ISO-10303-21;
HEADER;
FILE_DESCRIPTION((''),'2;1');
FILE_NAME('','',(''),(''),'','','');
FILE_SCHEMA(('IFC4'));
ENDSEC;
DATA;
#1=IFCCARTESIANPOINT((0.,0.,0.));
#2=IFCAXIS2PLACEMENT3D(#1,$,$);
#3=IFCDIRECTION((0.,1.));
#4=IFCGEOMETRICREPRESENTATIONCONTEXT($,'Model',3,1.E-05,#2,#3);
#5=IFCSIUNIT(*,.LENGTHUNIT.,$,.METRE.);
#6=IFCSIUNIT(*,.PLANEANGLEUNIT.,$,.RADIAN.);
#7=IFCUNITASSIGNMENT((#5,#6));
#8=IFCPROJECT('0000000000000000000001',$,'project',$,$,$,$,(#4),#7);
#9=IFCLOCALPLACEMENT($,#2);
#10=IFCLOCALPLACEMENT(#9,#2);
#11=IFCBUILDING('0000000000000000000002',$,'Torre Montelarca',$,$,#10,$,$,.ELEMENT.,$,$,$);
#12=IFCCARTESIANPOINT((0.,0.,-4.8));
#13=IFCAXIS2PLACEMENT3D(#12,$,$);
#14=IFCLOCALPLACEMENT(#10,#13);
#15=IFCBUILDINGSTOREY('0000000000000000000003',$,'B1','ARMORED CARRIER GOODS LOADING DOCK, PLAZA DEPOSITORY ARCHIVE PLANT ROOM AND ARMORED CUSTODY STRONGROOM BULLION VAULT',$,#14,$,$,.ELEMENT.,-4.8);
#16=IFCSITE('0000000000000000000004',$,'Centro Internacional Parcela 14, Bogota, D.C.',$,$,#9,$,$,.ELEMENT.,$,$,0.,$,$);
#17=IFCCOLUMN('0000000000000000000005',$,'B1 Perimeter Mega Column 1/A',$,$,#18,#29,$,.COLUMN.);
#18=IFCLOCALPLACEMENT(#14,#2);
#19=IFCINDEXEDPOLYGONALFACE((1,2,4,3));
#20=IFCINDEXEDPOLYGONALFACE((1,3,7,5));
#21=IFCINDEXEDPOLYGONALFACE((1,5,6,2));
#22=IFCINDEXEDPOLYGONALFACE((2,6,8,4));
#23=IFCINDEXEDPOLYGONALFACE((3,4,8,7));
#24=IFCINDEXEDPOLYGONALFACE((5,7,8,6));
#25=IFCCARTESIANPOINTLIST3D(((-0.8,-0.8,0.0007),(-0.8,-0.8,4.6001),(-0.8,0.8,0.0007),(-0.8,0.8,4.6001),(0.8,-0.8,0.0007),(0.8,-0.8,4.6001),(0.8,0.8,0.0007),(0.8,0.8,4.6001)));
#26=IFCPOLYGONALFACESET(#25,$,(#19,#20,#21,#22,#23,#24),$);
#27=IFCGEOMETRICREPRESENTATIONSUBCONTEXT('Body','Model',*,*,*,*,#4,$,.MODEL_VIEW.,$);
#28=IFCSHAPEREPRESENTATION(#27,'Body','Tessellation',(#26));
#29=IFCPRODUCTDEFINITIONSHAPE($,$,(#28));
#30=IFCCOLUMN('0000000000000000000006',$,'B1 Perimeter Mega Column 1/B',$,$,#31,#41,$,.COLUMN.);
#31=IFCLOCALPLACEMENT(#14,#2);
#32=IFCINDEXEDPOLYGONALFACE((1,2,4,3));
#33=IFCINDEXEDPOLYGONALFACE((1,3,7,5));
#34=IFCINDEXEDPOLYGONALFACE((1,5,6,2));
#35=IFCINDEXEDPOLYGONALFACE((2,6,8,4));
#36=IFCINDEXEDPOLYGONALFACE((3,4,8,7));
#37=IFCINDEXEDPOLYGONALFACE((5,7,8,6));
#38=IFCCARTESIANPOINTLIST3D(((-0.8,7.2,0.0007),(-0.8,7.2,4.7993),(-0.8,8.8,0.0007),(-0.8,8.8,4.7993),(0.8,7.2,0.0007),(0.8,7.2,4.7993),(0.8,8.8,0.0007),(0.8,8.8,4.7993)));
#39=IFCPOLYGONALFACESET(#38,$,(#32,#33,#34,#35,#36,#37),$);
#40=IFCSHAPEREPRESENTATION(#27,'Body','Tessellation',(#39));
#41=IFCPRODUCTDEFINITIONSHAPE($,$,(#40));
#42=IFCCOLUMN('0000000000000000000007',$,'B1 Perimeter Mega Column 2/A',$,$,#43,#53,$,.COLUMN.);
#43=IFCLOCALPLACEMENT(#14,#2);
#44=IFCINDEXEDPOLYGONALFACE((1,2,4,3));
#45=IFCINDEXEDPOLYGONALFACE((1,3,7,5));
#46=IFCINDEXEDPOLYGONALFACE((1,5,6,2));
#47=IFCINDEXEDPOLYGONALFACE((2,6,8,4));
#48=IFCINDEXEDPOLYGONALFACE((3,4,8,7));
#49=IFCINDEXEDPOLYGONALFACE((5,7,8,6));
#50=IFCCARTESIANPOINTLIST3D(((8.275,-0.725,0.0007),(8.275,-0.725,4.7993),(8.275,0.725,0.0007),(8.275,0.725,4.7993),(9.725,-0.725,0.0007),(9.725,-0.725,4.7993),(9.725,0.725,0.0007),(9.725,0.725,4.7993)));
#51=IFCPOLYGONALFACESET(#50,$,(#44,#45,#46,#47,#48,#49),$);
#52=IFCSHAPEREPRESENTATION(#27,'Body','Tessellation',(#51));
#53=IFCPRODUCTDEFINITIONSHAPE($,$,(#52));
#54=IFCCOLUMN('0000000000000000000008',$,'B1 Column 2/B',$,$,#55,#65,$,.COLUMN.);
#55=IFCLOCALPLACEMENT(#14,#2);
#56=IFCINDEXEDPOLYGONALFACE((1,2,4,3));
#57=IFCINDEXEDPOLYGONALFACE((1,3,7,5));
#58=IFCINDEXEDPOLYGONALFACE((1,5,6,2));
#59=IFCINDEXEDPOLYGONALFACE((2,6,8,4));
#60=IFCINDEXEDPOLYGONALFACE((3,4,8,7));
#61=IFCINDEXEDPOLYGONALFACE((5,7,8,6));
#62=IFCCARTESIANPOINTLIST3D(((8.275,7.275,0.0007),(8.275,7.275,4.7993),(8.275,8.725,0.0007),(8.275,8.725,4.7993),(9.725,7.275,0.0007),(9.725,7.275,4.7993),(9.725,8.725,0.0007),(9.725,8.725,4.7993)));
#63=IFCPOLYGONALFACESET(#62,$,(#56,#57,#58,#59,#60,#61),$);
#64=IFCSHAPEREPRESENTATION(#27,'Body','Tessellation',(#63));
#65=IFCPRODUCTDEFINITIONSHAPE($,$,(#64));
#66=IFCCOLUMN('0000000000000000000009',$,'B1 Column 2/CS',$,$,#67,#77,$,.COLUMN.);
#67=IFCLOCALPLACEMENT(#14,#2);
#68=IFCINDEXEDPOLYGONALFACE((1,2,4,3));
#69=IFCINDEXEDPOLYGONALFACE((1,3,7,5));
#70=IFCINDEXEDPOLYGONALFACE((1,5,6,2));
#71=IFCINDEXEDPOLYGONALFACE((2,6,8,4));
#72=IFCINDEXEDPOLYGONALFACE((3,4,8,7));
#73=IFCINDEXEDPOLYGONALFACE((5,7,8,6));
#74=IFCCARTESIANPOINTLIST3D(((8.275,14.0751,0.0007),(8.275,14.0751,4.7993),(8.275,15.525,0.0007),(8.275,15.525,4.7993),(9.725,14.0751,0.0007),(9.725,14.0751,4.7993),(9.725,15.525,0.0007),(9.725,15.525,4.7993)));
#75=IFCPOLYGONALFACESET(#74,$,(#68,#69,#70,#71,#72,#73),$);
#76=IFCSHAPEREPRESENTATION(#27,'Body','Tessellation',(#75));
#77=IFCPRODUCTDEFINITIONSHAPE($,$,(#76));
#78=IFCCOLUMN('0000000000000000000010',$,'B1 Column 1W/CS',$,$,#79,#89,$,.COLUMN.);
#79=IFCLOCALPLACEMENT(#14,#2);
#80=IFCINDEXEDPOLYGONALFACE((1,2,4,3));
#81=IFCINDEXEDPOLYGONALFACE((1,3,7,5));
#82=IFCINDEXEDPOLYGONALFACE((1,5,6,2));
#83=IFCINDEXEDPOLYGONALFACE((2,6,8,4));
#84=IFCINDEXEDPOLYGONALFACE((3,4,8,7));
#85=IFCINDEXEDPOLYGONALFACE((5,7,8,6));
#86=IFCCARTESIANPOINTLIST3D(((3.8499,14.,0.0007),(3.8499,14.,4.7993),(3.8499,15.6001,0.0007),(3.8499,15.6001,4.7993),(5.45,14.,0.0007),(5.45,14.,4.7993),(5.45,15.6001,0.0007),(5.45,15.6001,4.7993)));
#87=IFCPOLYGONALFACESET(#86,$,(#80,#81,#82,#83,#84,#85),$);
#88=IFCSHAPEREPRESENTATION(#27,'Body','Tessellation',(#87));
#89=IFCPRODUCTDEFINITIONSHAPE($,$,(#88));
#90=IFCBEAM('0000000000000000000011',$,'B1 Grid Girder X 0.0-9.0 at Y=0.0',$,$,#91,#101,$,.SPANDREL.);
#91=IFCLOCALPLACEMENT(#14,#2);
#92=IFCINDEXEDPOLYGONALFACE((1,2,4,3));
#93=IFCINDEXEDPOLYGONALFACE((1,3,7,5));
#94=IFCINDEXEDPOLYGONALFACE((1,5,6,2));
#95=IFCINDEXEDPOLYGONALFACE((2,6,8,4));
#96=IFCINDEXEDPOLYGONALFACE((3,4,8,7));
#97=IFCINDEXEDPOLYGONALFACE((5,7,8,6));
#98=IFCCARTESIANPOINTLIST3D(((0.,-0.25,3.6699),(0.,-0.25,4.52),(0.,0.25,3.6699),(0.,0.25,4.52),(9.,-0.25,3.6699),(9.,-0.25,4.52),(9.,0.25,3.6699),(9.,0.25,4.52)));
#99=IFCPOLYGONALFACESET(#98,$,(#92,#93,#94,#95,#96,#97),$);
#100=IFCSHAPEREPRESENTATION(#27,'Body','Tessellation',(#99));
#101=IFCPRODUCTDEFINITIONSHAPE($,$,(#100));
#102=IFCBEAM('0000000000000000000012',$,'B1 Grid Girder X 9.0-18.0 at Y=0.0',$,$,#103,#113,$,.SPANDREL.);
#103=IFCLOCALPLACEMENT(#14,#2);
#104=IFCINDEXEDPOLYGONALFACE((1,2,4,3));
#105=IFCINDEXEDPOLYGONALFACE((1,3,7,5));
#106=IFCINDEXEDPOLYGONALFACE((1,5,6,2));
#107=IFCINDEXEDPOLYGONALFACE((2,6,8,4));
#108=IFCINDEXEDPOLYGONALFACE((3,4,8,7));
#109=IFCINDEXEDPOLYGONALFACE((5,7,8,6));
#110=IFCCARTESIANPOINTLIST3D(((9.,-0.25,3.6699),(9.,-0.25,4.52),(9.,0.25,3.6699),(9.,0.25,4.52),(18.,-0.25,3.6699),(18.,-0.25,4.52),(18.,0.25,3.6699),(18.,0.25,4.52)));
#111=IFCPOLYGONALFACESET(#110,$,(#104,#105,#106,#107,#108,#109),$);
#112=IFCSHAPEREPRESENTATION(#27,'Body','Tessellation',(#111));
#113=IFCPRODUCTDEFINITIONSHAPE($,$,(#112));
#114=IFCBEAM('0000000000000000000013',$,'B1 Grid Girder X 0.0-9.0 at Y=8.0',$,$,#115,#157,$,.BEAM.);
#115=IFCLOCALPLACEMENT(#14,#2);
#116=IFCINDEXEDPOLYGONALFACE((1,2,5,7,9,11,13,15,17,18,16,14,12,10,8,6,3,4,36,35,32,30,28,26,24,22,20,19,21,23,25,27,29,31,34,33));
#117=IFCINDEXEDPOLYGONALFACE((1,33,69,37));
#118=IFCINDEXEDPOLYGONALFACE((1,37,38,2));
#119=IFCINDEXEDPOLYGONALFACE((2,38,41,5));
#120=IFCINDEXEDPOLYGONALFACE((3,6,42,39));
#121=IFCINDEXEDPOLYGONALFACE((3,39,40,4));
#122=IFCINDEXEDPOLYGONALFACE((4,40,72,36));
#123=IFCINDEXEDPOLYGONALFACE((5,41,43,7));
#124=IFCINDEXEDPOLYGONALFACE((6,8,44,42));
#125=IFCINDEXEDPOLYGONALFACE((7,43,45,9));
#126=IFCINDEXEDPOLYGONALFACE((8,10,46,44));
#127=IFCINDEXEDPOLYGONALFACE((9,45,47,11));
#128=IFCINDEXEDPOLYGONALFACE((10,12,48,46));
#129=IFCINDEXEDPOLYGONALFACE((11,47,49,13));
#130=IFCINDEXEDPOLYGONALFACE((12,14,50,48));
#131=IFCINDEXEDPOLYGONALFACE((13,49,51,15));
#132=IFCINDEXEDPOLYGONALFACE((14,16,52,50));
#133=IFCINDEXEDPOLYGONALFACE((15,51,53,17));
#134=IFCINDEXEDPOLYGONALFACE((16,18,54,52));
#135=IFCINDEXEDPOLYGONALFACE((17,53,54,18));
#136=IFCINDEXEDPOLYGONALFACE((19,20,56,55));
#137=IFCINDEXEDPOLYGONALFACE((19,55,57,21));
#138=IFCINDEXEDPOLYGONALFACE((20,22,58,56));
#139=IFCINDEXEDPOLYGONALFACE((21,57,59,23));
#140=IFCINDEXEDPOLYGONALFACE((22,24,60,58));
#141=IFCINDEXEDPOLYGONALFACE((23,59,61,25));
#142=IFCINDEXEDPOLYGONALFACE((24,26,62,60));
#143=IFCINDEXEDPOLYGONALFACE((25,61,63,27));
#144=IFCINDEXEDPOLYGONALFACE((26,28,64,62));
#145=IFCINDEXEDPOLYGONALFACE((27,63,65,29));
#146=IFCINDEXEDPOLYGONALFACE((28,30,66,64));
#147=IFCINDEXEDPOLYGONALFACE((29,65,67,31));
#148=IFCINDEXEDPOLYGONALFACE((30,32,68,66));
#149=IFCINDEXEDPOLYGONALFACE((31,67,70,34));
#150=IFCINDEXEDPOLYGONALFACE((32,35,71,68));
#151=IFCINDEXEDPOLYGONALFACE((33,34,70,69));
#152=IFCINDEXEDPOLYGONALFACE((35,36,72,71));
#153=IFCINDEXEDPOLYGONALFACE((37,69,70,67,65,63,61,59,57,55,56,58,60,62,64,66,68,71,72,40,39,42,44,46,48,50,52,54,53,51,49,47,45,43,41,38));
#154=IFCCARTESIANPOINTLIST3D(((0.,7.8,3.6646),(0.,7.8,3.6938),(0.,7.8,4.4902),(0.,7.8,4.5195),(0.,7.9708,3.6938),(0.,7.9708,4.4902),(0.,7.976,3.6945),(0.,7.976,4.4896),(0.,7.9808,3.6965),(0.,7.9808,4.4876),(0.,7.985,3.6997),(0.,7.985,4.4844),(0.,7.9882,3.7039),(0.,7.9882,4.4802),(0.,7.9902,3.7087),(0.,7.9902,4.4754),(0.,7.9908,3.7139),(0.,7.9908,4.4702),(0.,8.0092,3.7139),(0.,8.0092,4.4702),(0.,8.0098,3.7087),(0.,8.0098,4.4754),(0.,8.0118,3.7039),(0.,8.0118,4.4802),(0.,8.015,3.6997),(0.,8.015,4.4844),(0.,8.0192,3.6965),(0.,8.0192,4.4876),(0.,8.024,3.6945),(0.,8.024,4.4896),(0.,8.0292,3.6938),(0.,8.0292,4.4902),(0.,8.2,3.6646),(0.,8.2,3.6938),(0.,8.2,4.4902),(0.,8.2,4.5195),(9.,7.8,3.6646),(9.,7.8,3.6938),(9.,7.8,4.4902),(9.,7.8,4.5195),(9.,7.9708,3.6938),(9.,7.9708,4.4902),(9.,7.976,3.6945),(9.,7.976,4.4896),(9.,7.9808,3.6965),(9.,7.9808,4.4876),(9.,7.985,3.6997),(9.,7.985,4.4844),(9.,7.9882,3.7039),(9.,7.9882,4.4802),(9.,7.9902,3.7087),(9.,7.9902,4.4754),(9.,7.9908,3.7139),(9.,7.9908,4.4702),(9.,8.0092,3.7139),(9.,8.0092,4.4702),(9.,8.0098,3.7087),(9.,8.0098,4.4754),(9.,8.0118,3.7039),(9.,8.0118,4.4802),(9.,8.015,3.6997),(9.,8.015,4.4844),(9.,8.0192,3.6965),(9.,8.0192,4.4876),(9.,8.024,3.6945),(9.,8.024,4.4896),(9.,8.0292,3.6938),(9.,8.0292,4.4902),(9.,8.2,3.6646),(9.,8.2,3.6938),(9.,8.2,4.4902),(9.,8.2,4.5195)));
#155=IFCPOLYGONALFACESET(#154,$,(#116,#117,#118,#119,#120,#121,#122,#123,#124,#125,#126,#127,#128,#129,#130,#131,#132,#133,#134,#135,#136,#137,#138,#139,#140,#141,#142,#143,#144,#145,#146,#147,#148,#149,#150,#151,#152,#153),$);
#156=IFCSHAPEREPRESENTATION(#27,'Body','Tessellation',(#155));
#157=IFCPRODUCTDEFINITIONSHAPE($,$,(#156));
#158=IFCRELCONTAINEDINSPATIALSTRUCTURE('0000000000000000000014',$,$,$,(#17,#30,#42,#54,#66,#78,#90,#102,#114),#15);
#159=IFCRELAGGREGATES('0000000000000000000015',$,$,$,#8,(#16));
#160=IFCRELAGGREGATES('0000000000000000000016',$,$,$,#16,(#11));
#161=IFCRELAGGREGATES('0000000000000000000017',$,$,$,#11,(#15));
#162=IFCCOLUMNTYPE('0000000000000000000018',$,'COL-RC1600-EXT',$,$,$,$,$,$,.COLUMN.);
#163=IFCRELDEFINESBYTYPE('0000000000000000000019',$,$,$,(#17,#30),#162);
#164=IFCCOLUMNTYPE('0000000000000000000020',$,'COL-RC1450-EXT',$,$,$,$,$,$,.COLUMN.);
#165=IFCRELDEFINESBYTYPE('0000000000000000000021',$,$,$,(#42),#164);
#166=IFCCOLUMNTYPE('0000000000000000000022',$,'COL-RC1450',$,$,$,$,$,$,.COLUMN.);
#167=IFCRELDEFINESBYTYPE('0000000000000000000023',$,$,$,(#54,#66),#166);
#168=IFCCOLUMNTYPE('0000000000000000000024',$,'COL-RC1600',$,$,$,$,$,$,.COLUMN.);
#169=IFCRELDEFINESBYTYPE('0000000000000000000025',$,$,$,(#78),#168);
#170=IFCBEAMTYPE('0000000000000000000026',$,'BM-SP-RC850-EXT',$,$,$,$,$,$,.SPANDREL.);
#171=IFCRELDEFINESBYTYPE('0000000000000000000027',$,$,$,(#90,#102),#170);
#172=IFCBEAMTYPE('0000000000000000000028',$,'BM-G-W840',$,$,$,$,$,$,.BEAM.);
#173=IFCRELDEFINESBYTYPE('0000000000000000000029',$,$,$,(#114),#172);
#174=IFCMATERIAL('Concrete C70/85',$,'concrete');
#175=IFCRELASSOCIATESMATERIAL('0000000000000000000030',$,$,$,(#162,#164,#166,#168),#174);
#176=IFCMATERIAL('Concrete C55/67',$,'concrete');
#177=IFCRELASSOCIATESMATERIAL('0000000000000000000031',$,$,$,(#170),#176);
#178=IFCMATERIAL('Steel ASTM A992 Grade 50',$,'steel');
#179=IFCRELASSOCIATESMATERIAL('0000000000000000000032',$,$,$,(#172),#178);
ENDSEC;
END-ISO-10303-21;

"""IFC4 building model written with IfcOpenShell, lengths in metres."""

from ifc_helpers import new_model, si_unit, direction, frame, origin, origin_2d, place, context, subcontext, project, spatial, rectangle, i_section, extrude, source, transform, mapped, material, material_profile, profile_set, type_object, element, save


model = new_model("IFC4")

# Units and contexts
model_context = context("Model", 3, precision=1e-05, world=origin(), true_north=direction((0.0, 1.0)))
body_context = subcontext(model_context, "Body", "Model", "MODEL_VIEW")
ifc_project = project(units=[si_unit("LENGTHUNIT", "METRE"), si_unit("PLANEANGLEUNIT", "RADIAN")], contexts=[model_context])

# Site, building, storey
site_placement = place(None, origin())
site = spatial("IfcSite", under=ifc_project, at=site_placement, Name="Centro Internacional Parcela 14, Bogota, D.C.", CompositionType="ELEMENT", RefElevation=0.0)
building_placement = place(site_placement, origin())
building = spatial("IfcBuilding", under=site, at=building_placement, Name="Torre Montelarca", CompositionType="ELEMENT")
storey_placement = place(building_placement, frame((0.0, 0.0, -4.8)))
storey = spatial("IfcBuildingStorey", under=building, at=storey_placement, Name="B1", Description="ARMORED CARRIER GOODS LOADING DOCK, PLAZA DEPOSITORY ARCHIVE PLANT ROOM AND ARMORED CUSTODY STRONGROOM BULLION VAULT", CompositionType="ELEMENT", Elevation=-4.8)

# Columns
ifc_material_1 = material(Name="Concrete C70/85", Category="concrete")
ifc_material_profile_1 = material_profile(ifc_material_1, rectangle(XDim=1.6001, YDim=1.6001, at=origin_2d()), Name="RC1600X1600", Category="concrete")
ifc_profile_set_1 = profile_set([ifc_material_profile_1], Name="Concrete C70/85")
column_type_1 = type_object("IfcColumnType", Name="COL-RC1600-EXT", PredefinedType="COLUMN", material=ifc_profile_set_1)
shared_shape_1 = source(origin(), body_context, "Body", "SweptSolid", [
    extrude(rectangle(XDim=1.6001, YDim=1.6001, at=origin_2d()), origin(), (0.0, 0.0, 1.0), 4.5994),
])
column_1_placement = place(storey_placement, frame((0.0, 0.0, 0.0007), z_axis=(0.0, 0.0, 1.0), x_axis=(1.0, 0.0, 0.0)))
element("IfcColumn", 1, at=column_1_placement, inside=storey, type_object=column_type_1, Name="B1 Perimeter Mega Column 1/A", PredefinedType="COLUMN", context=body_context, shape_type="MappedRepresentation", body=[
    mapped(shared_shape_1, transform((0.0, 0.0, 0.0), scale=1.0)),
])
shared_shape_2 = source(origin(), body_context, "Body", "SweptSolid", [
    extrude(rectangle(XDim=1.6001, YDim=1.6001, at=origin_2d()), origin(), (0.0, 0.0, 1.0), 4.7986),
])
column_2_placement = place(storey_placement, frame((0.0, 8.0, 0.0007), z_axis=(0.0, 0.0, 1.0), x_axis=(1.0, 0.0, 0.0)))
element("IfcColumn", 2, at=column_2_placement, inside=storey, type_object=column_type_1, Name="B1 Perimeter Mega Column 1/B", PredefinedType="COLUMN", context=body_context, shape_type="MappedRepresentation", body=[
    mapped(shared_shape_2, transform((0.0, 0.0, 0.0), scale=1.0)),
])
ifc_material_profile_2 = material_profile(ifc_material_1, rectangle(XDim=1.45, YDim=1.45, at=origin_2d()), Name="RC1450X1450", Category="concrete")
ifc_profile_set_2 = profile_set([ifc_material_profile_2], Name="Concrete C70/85")
column_type_2 = type_object("IfcColumnType", Name="COL-RC1450-EXT", PredefinedType="COLUMN", material=ifc_profile_set_2)
shared_shape_3 = source(origin(), body_context, "Body", "SweptSolid", [
    extrude(rectangle(XDim=1.45, YDim=1.45, at=origin_2d()), origin(), (0.0, 0.0, 1.0), 4.7986),
])
column_3_placement = place(storey_placement, frame((9.0, 0.0, 0.0007), z_axis=(0.0, 0.0, 1.0), x_axis=(1.0, 0.0, 0.0)))
element("IfcColumn", 3, at=column_3_placement, inside=storey, type_object=column_type_2, Name="B1 Perimeter Mega Column 2/A", PredefinedType="COLUMN", context=body_context, shape_type="MappedRepresentation", body=[
    mapped(shared_shape_3, transform((0.0, 0.0, 0.0), scale=1.0)),
])
ifc_material_profile_3 = material_profile(ifc_material_1, rectangle(XDim=1.45, YDim=1.45, at=origin_2d()), Name="RC1450X1450", Category="concrete")
ifc_profile_set_3 = profile_set([ifc_material_profile_3], Name="Concrete C70/85")
column_type_3 = type_object("IfcColumnType", Name="COL-RC1450", PredefinedType="COLUMN", material=ifc_profile_set_3)
shared_shape_4 = source(origin(), body_context, "Body", "SweptSolid", [
    extrude(rectangle(XDim=1.45, YDim=1.45, at=origin_2d()), origin(), (0.0, 0.0, 1.0), 4.7986),
])
for number, where, z_axis, x_axis, name in (
    (4, (9.0, 8.0, 0.0007), (0.0, 0.0, 1.0), (1.0, 0.0, 0.0), "B1 Column 2/B"),
    (5, (9.0, 14.8, 0.0007), (0.0, 0.0, 1.0), (1.0, 0.0, 0.0), "B1 Column 2/CS"),
):
    element("IfcColumn", number, at=place(storey_placement, frame(where, z_axis=z_axis, x_axis=x_axis)), inside=storey, type_object=column_type_3, Name=name, PredefinedType="COLUMN", context=body_context, shape_type="MappedRepresentation", body=[
        mapped(shared_shape_4, transform((0.0, 0.0, 0.0), scale=1.0)),
    ])
ifc_material_profile_4 = material_profile(ifc_material_1, rectangle(XDim=1.6001, YDim=1.6001, at=origin_2d()), Name="RC1600X1600", Category="concrete")
ifc_profile_set_4 = profile_set([ifc_material_profile_4], Name="Concrete C70/85")
column_type_4 = type_object("IfcColumnType", Name="COL-RC1600", PredefinedType="COLUMN", material=ifc_profile_set_4)
shared_shape_5 = source(origin(), body_context, "Body", "SweptSolid", [
    extrude(rectangle(XDim=1.6001, YDim=1.6001, at=origin_2d()), origin(), (0.0, 0.0, 1.0), 4.7986),
])
column_4_placement = place(storey_placement, frame((4.6499, 14.8, 0.0007), z_axis=(0.0, 0.0, 1.0), x_axis=(1.0, 0.0, 0.0)))
element("IfcColumn", 6, at=column_4_placement, inside=storey, type_object=column_type_4, Name="B1 Column 1W/CS", PredefinedType="COLUMN", context=body_context, shape_type="MappedRepresentation", body=[
    mapped(shared_shape_5, transform((0.0, 0.0, 0.0), scale=1.0)),
])

# Beams
ifc_material_2 = material(Name="Concrete C55/67", Category="concrete")
ifc_material_profile_5 = material_profile(ifc_material_2, rectangle(XDim=0.5, YDim=0.8501, at=origin_2d()), Name="RCB500X850", Category="concrete")
ifc_profile_set_5 = profile_set([ifc_material_profile_5], Name="Concrete C55/67")
beam_type_1 = type_object("IfcBeamType", Name="BM-SP-RC850-EXT", PredefinedType="SPANDREL", material=ifc_profile_set_5)
shared_shape_6 = source(origin(), body_context, "Body", "SweptSolid", [
    extrude(rectangle(XDim=0.5, YDim=0.8501, at=origin_2d()), origin(), (0.0, 0.0, 1.0), 9.0),
])
for number, where, z_axis, x_axis, name in (
    (7, (0.0, 0.0, 4.095), (1.0, 0.0, 0.0), (0.0, 1.0, 0.0), "B1 Grid Girder X 0.0-9.0 at Y=0.0"),
    (8, (9.0, 0.0, 4.095), (1.0, 0.0, 0.0), (0.0, 1.0, 0.0), "B1 Grid Girder X 9.0-18.0 at Y=0.0"),
):
    element("IfcBeam", number, at=place(storey_placement, frame(where, z_axis=z_axis, x_axis=x_axis)), inside=storey, type_object=beam_type_1, Name=name, PredefinedType="SPANDREL", context=body_context, shape_type="MappedRepresentation", body=[
        mapped(shared_shape_6, transform((0.0, 0.0, 0.0), scale=1.0)),
    ])
ifc_material_3 = material(Name="Steel ASTM A992 Grade 50", Category="steel")
ifc_material_profile_6 = material_profile(ifc_material_3, i_section(OverallWidth=0.3999, OverallDepth=0.855, WebThickness=0.0183, FlangeThickness=0.0293, FilletRadius=0.02, at=origin_2d()), Name="W840X299", Category="steel")
ifc_profile_set_6 = profile_set([ifc_material_profile_6], Name="Steel ASTM A992 Grade 50")
beam_type_2 = type_object("IfcBeamType", Name="BM-G-W840", PredefinedType="BEAM", material=ifc_profile_set_6)
shared_shape_7 = source(origin(), body_context, "Body", "SweptSolid", [
    extrude(i_section(OverallWidth=0.3999, OverallDepth=0.855, WebThickness=0.0183, FlangeThickness=0.0293, FilletRadius=0.02, at=origin_2d()), origin(), (0.0, 0.0, 1.0), 9.0),
])
for number, where, z_axis, x_axis, name in (
    (9, (0.0, 8.0, 4.092), (1.0, 0.0, 0.0), (0.0, 1.0, 0.0), "B1 Grid Girder X 0.0-9.0 at Y=8.0"),
):
    element("IfcBeam", number, at=place(storey_placement, frame(where, z_axis=z_axis, x_axis=x_axis)), inside=storey, type_object=beam_type_2, Name=name, PredefinedType="BEAM", context=body_context, shape_type="MappedRepresentation", body=[
        mapped(shared_shape_7, transform((0.0, 0.0, 0.0), scale=1.0)),
    ])

save(model, "model.ifc")
